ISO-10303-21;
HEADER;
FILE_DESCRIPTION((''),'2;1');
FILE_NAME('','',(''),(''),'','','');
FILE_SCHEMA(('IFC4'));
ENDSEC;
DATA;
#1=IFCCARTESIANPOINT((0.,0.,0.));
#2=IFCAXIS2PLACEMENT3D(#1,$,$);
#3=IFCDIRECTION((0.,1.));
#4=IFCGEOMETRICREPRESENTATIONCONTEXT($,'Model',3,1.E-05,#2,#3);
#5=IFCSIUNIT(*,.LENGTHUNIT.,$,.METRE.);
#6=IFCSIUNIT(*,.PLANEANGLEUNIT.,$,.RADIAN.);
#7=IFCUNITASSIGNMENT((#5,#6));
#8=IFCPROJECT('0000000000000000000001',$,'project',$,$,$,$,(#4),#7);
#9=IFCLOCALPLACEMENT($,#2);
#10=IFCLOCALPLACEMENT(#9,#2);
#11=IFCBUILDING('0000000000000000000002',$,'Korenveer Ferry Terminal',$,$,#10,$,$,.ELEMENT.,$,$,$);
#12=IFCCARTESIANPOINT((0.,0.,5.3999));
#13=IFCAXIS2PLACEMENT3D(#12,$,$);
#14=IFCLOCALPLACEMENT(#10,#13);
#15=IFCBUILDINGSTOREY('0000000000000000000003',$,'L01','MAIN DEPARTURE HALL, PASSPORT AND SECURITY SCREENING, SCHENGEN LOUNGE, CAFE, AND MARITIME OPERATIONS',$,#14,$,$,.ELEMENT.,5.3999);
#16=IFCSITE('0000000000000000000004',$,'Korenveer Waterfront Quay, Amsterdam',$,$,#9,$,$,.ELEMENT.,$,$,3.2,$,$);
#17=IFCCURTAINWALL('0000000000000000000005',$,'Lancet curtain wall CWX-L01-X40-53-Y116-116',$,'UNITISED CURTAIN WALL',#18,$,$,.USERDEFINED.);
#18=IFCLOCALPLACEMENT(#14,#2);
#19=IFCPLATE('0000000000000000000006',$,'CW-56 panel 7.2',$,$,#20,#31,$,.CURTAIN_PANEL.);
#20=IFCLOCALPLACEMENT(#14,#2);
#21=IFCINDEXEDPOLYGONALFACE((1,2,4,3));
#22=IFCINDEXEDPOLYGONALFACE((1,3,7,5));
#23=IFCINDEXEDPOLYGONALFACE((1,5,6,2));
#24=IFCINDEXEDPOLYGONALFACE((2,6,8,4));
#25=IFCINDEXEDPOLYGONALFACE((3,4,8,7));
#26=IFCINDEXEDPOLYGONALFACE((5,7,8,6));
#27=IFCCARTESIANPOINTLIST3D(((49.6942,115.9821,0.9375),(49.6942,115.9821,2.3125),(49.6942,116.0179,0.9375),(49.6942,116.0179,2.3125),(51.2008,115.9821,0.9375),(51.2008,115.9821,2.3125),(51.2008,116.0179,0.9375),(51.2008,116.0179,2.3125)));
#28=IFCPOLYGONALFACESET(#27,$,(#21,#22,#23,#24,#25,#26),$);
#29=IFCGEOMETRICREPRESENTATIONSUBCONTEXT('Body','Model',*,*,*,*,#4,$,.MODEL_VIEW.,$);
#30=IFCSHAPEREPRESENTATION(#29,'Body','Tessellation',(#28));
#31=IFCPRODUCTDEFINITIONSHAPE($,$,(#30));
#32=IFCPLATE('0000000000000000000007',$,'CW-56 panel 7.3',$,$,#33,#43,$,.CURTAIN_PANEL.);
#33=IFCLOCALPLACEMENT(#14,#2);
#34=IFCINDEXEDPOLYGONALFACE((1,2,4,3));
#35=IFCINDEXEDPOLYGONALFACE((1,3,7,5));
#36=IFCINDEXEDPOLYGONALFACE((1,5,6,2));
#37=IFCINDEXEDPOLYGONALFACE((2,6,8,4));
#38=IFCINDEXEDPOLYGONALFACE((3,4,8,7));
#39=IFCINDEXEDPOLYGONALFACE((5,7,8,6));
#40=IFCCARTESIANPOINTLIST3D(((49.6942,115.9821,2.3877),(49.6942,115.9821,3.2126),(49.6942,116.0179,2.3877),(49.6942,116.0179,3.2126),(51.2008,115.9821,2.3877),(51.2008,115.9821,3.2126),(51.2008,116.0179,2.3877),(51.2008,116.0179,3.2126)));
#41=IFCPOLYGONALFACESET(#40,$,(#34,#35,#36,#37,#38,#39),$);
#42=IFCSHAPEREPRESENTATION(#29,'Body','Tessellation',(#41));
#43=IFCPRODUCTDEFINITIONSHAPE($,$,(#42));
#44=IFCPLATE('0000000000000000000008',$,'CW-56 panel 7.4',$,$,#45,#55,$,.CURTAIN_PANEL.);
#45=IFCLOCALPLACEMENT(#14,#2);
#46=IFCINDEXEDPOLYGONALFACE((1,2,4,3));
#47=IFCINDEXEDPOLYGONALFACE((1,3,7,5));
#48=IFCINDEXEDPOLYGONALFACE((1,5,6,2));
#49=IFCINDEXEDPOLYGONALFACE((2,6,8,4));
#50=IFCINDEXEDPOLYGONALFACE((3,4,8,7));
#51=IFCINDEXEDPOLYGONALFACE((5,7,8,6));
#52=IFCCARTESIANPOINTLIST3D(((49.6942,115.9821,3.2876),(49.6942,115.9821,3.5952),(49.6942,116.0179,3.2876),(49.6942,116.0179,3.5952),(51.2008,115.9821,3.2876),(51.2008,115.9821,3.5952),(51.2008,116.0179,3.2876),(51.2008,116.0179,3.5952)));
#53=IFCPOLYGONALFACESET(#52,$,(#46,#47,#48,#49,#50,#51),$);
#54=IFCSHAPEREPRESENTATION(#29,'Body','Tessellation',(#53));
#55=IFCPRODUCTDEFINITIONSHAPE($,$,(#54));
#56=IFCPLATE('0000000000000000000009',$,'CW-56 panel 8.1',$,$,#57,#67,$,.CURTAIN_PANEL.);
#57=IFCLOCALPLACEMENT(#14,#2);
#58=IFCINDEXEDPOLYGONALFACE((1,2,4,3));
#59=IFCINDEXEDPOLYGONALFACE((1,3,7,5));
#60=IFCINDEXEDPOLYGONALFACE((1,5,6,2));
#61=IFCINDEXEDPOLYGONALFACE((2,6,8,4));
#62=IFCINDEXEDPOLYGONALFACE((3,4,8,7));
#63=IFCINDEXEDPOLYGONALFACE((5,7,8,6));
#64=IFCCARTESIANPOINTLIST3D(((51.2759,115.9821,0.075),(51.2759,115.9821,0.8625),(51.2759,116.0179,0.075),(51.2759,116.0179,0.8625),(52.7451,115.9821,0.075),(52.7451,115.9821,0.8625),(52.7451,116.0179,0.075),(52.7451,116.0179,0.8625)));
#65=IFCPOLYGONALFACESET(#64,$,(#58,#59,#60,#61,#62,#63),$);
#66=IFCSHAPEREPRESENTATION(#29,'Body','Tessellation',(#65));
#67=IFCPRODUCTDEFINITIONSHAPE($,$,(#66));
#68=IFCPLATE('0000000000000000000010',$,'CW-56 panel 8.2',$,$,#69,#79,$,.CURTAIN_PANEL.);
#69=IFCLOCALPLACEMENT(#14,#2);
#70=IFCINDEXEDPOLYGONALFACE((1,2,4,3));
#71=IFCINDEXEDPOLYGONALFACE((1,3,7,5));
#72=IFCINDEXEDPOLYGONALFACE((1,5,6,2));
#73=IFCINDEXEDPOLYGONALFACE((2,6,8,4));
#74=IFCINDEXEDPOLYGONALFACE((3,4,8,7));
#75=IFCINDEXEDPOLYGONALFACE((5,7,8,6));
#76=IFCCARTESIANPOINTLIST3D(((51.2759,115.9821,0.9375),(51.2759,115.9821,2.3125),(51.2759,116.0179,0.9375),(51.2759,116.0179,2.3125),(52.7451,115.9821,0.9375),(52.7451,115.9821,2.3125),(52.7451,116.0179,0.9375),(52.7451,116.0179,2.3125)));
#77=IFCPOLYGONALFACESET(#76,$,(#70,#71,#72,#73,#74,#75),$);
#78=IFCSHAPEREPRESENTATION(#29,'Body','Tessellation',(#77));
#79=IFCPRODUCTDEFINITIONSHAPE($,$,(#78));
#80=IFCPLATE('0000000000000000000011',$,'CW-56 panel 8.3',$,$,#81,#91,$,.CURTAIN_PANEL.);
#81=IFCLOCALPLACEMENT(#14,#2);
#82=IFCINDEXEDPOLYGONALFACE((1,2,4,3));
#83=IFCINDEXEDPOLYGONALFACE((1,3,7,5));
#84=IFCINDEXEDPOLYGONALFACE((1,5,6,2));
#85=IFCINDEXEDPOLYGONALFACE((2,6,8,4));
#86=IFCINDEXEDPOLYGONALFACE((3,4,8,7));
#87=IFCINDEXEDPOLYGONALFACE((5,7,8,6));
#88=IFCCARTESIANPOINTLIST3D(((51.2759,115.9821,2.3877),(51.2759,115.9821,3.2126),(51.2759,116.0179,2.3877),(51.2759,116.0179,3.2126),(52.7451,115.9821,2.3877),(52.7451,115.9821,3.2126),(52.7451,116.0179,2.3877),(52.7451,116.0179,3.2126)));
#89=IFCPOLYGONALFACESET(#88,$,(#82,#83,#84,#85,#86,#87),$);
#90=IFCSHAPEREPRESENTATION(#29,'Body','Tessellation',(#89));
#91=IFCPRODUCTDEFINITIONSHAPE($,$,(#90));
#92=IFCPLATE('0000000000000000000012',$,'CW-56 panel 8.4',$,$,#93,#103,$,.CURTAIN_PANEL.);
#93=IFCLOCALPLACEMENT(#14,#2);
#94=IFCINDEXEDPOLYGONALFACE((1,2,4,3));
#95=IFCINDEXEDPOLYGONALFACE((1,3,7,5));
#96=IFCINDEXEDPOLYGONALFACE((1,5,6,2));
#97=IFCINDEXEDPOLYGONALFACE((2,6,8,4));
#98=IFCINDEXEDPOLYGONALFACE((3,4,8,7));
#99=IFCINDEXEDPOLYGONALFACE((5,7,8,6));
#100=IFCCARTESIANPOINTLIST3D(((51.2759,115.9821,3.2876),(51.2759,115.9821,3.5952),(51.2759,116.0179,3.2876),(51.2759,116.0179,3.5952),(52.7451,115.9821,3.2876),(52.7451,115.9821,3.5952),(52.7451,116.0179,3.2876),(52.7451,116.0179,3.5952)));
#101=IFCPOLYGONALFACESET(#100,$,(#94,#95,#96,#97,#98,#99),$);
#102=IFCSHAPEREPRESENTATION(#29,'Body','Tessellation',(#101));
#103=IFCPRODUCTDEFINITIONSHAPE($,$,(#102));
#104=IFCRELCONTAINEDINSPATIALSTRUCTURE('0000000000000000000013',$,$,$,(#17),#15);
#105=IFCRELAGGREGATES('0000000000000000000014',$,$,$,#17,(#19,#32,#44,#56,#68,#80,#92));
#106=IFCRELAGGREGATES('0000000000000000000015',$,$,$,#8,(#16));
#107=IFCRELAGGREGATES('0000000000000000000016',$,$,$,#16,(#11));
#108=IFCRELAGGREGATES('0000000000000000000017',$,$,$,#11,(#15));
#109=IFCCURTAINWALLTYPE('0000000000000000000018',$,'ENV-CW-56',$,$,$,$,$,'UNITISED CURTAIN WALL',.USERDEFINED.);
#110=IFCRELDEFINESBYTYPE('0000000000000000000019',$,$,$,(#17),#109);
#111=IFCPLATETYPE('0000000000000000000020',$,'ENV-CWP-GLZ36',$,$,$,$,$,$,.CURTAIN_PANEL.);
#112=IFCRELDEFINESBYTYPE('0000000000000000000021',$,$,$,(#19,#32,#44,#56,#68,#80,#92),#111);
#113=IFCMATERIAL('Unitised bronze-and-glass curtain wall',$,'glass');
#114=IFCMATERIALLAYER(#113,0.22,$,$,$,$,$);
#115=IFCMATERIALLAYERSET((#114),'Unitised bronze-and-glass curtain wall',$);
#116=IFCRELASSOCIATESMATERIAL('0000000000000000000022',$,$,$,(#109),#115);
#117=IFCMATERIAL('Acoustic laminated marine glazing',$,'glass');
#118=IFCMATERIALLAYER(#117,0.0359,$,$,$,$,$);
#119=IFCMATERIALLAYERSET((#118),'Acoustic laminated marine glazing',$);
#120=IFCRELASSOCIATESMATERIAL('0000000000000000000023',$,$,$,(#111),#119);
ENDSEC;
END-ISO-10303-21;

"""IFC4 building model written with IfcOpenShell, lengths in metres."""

from ifc_helpers import new_model, si_unit, direction, frame, origin, origin_2d, place, context, subcontext, project, spatial, rectangle, extrude, material, layer, layer_set, type_object, element, aggregate, save


model = new_model("IFC4")

# Units and contexts
model_context = context("Model", 3, precision=1e-05, world=origin(), true_north=direction((0.0, 1.0)))
body_context = subcontext(model_context, "Body", "Model", "MODEL_VIEW")
ifc_project = project(units=[si_unit("LENGTHUNIT", "METRE"), si_unit("PLANEANGLEUNIT", "RADIAN")], contexts=[model_context])

# Site, building, storey
site_placement = place(None, origin())
site = spatial("IfcSite", under=ifc_project, at=site_placement, Name="Korenveer Waterfront Quay, Amsterdam", CompositionType="ELEMENT", RefElevation=3.2)
building_placement = place(site_placement, origin())
building = spatial("IfcBuilding", under=site, at=building_placement, Name="Korenveer Ferry Terminal", CompositionType="ELEMENT")
storey_placement = place(building_placement, frame((0.0, 0.0, 5.3999)))
storey = spatial("IfcBuildingStorey", under=building, at=storey_placement, Name="L01", Description="MAIN DEPARTURE HALL, PASSPORT AND SECURITY SCREENING, SCHENGEN LOUNGE, CAFE, AND MARITIME OPERATIONS", CompositionType="ELEMENT", Elevation=5.3999)

# Curtain wall, plates
ifc_material_1 = material(Name="Unitised bronze-and-glass curtain wall", Category="glass")
ifc_layer_1 = layer(ifc_material_1, 0.22)
ifc_layer_set_1 = layer_set([ifc_layer_1], Name="Unitised bronze-and-glass curtain wall")
curtain_wall_type = type_object("IfcCurtainWallType", Name="ENV-CW-56", ElementType="UNITISED CURTAIN WALL", PredefinedType="USERDEFINED", material=ifc_layer_set_1)
curtain_wall_placement = place(storey_placement, frame((40.1665, 116.0, 0.0)))
curtain_wall = element("IfcCurtainWall", 1, at=curtain_wall_placement, inside=storey, type_object=curtain_wall_type, Name="Lancet curtain wall CWX-L01-X40-53-Y116-116", ObjectType="UNITISED CURTAIN WALL", PredefinedType="USERDEFINED")
ifc_material_2 = material(Name="Acoustic laminated marine glazing", Category="glass")
ifc_layer_2 = layer(ifc_material_2, 0.0359)
ifc_layer_set_2 = layer_set([ifc_layer_2], Name="Acoustic laminated marine glazing")
plate_type = type_object("IfcPlateType", Name="ENV-CWP-GLZ36", PredefinedType="CURTAIN_PANEL", material=ifc_layer_set_2)
plate_1_placement = place(storey_placement, frame((50.4475, 116.0, 0.9375), z_axis=(0.0, 0.0, 1.0), x_axis=(1.0, 0.0, 0.0)))
plate_1 = element("IfcPlate", 2, at=plate_1_placement, type_object=plate_type, Name="CW-56 panel 7.2", PredefinedType="CURTAIN_PANEL", context=body_context, shape_type="SweptSolid", body=[
    extrude(rectangle(XDim=1.5066, YDim=0.0359, at=origin_2d()), origin(), (0.0, 0.0, 1.0), 1.375),
])
plate_2_placement = place(storey_placement, frame((50.4475, 116.0, 2.3877), z_axis=(0.0, 0.0, 1.0), x_axis=(1.0, 0.0, 0.0)))
plate_2 = element("IfcPlate", 3, at=plate_2_placement, type_object=plate_type, Name="CW-56 panel 7.3", PredefinedType="CURTAIN_PANEL", context=body_context, shape_type="SweptSolid", body=[
    extrude(rectangle(XDim=1.5066, YDim=0.0359, at=origin_2d()), origin(), (0.0, 0.0, 1.0), 0.825),
])
plate_3_placement = place(storey_placement, frame((50.4475, 116.0, 3.2876), z_axis=(0.0, 0.0, 1.0), x_axis=(1.0, 0.0, 0.0)))
plate_3 = element("IfcPlate", 4, at=plate_3_placement, type_object=plate_type, Name="CW-56 panel 7.4", PredefinedType="CURTAIN_PANEL", context=body_context, shape_type="SweptSolid", body=[
    extrude(rectangle(XDim=1.5066, YDim=0.0359, at=origin_2d()), origin(), (0.0, 0.0, 1.0), 0.3076),
])
plate_4_placement = place(storey_placement, frame((52.0105, 116.0, 0.075), z_axis=(0.0, 0.0, 1.0), x_axis=(1.0, 0.0, 0.0)))
plate_4 = element("IfcPlate", 5, at=plate_4_placement, type_object=plate_type, Name="CW-56 panel 8.1", PredefinedType="CURTAIN_PANEL", context=body_context, shape_type="SweptSolid", body=[
    extrude(rectangle(XDim=1.4692, YDim=0.0359, at=origin_2d()), origin(), (0.0, 0.0, 1.0), 0.7876),
])
plate_5_placement = place(storey_placement, frame((52.0105, 116.0, 0.9375), z_axis=(0.0, 0.0, 1.0), x_axis=(1.0, 0.0, 0.0)))
plate_5 = element("IfcPlate", 6, at=plate_5_placement, type_object=plate_type, Name="CW-56 panel 8.2", PredefinedType="CURTAIN_PANEL", context=body_context, shape_type="SweptSolid", body=[
    extrude(rectangle(XDim=1.4692, YDim=0.0359, at=origin_2d()), origin(), (0.0, 0.0, 1.0), 1.375),
])
plate_6_placement = place(storey_placement, frame((52.0105, 116.0, 2.3877), z_axis=(0.0, 0.0, 1.0), x_axis=(1.0, 0.0, 0.0)))
plate_6 = element("IfcPlate", 7, at=plate_6_placement, type_object=plate_type, Name="CW-56 panel 8.3", PredefinedType="CURTAIN_PANEL", context=body_context, shape_type="SweptSolid", body=[
    extrude(rectangle(XDim=1.4692, YDim=0.0359, at=origin_2d()), origin(), (0.0, 0.0, 1.0), 0.825),
])
plate_7_placement = place(storey_placement, frame((52.0105, 116.0, 3.2876), z_axis=(0.0, 0.0, 1.0), x_axis=(1.0, 0.0, 0.0)))
plate_7 = element("IfcPlate", 8, at=plate_7_placement, type_object=plate_type, Name="CW-56 panel 8.4", PredefinedType="CURTAIN_PANEL", context=body_context, shape_type="SweptSolid", body=[
    extrude(rectangle(XDim=1.4692, YDim=0.0359, at=origin_2d()), origin(), (0.0, 0.0, 1.0), 0.3076),
])
aggregate(curtain_wall, [plate_1, plate_2, plate_3, plate_4, plate_5, plate_6, plate_7])

save(model, "model.ifc")
